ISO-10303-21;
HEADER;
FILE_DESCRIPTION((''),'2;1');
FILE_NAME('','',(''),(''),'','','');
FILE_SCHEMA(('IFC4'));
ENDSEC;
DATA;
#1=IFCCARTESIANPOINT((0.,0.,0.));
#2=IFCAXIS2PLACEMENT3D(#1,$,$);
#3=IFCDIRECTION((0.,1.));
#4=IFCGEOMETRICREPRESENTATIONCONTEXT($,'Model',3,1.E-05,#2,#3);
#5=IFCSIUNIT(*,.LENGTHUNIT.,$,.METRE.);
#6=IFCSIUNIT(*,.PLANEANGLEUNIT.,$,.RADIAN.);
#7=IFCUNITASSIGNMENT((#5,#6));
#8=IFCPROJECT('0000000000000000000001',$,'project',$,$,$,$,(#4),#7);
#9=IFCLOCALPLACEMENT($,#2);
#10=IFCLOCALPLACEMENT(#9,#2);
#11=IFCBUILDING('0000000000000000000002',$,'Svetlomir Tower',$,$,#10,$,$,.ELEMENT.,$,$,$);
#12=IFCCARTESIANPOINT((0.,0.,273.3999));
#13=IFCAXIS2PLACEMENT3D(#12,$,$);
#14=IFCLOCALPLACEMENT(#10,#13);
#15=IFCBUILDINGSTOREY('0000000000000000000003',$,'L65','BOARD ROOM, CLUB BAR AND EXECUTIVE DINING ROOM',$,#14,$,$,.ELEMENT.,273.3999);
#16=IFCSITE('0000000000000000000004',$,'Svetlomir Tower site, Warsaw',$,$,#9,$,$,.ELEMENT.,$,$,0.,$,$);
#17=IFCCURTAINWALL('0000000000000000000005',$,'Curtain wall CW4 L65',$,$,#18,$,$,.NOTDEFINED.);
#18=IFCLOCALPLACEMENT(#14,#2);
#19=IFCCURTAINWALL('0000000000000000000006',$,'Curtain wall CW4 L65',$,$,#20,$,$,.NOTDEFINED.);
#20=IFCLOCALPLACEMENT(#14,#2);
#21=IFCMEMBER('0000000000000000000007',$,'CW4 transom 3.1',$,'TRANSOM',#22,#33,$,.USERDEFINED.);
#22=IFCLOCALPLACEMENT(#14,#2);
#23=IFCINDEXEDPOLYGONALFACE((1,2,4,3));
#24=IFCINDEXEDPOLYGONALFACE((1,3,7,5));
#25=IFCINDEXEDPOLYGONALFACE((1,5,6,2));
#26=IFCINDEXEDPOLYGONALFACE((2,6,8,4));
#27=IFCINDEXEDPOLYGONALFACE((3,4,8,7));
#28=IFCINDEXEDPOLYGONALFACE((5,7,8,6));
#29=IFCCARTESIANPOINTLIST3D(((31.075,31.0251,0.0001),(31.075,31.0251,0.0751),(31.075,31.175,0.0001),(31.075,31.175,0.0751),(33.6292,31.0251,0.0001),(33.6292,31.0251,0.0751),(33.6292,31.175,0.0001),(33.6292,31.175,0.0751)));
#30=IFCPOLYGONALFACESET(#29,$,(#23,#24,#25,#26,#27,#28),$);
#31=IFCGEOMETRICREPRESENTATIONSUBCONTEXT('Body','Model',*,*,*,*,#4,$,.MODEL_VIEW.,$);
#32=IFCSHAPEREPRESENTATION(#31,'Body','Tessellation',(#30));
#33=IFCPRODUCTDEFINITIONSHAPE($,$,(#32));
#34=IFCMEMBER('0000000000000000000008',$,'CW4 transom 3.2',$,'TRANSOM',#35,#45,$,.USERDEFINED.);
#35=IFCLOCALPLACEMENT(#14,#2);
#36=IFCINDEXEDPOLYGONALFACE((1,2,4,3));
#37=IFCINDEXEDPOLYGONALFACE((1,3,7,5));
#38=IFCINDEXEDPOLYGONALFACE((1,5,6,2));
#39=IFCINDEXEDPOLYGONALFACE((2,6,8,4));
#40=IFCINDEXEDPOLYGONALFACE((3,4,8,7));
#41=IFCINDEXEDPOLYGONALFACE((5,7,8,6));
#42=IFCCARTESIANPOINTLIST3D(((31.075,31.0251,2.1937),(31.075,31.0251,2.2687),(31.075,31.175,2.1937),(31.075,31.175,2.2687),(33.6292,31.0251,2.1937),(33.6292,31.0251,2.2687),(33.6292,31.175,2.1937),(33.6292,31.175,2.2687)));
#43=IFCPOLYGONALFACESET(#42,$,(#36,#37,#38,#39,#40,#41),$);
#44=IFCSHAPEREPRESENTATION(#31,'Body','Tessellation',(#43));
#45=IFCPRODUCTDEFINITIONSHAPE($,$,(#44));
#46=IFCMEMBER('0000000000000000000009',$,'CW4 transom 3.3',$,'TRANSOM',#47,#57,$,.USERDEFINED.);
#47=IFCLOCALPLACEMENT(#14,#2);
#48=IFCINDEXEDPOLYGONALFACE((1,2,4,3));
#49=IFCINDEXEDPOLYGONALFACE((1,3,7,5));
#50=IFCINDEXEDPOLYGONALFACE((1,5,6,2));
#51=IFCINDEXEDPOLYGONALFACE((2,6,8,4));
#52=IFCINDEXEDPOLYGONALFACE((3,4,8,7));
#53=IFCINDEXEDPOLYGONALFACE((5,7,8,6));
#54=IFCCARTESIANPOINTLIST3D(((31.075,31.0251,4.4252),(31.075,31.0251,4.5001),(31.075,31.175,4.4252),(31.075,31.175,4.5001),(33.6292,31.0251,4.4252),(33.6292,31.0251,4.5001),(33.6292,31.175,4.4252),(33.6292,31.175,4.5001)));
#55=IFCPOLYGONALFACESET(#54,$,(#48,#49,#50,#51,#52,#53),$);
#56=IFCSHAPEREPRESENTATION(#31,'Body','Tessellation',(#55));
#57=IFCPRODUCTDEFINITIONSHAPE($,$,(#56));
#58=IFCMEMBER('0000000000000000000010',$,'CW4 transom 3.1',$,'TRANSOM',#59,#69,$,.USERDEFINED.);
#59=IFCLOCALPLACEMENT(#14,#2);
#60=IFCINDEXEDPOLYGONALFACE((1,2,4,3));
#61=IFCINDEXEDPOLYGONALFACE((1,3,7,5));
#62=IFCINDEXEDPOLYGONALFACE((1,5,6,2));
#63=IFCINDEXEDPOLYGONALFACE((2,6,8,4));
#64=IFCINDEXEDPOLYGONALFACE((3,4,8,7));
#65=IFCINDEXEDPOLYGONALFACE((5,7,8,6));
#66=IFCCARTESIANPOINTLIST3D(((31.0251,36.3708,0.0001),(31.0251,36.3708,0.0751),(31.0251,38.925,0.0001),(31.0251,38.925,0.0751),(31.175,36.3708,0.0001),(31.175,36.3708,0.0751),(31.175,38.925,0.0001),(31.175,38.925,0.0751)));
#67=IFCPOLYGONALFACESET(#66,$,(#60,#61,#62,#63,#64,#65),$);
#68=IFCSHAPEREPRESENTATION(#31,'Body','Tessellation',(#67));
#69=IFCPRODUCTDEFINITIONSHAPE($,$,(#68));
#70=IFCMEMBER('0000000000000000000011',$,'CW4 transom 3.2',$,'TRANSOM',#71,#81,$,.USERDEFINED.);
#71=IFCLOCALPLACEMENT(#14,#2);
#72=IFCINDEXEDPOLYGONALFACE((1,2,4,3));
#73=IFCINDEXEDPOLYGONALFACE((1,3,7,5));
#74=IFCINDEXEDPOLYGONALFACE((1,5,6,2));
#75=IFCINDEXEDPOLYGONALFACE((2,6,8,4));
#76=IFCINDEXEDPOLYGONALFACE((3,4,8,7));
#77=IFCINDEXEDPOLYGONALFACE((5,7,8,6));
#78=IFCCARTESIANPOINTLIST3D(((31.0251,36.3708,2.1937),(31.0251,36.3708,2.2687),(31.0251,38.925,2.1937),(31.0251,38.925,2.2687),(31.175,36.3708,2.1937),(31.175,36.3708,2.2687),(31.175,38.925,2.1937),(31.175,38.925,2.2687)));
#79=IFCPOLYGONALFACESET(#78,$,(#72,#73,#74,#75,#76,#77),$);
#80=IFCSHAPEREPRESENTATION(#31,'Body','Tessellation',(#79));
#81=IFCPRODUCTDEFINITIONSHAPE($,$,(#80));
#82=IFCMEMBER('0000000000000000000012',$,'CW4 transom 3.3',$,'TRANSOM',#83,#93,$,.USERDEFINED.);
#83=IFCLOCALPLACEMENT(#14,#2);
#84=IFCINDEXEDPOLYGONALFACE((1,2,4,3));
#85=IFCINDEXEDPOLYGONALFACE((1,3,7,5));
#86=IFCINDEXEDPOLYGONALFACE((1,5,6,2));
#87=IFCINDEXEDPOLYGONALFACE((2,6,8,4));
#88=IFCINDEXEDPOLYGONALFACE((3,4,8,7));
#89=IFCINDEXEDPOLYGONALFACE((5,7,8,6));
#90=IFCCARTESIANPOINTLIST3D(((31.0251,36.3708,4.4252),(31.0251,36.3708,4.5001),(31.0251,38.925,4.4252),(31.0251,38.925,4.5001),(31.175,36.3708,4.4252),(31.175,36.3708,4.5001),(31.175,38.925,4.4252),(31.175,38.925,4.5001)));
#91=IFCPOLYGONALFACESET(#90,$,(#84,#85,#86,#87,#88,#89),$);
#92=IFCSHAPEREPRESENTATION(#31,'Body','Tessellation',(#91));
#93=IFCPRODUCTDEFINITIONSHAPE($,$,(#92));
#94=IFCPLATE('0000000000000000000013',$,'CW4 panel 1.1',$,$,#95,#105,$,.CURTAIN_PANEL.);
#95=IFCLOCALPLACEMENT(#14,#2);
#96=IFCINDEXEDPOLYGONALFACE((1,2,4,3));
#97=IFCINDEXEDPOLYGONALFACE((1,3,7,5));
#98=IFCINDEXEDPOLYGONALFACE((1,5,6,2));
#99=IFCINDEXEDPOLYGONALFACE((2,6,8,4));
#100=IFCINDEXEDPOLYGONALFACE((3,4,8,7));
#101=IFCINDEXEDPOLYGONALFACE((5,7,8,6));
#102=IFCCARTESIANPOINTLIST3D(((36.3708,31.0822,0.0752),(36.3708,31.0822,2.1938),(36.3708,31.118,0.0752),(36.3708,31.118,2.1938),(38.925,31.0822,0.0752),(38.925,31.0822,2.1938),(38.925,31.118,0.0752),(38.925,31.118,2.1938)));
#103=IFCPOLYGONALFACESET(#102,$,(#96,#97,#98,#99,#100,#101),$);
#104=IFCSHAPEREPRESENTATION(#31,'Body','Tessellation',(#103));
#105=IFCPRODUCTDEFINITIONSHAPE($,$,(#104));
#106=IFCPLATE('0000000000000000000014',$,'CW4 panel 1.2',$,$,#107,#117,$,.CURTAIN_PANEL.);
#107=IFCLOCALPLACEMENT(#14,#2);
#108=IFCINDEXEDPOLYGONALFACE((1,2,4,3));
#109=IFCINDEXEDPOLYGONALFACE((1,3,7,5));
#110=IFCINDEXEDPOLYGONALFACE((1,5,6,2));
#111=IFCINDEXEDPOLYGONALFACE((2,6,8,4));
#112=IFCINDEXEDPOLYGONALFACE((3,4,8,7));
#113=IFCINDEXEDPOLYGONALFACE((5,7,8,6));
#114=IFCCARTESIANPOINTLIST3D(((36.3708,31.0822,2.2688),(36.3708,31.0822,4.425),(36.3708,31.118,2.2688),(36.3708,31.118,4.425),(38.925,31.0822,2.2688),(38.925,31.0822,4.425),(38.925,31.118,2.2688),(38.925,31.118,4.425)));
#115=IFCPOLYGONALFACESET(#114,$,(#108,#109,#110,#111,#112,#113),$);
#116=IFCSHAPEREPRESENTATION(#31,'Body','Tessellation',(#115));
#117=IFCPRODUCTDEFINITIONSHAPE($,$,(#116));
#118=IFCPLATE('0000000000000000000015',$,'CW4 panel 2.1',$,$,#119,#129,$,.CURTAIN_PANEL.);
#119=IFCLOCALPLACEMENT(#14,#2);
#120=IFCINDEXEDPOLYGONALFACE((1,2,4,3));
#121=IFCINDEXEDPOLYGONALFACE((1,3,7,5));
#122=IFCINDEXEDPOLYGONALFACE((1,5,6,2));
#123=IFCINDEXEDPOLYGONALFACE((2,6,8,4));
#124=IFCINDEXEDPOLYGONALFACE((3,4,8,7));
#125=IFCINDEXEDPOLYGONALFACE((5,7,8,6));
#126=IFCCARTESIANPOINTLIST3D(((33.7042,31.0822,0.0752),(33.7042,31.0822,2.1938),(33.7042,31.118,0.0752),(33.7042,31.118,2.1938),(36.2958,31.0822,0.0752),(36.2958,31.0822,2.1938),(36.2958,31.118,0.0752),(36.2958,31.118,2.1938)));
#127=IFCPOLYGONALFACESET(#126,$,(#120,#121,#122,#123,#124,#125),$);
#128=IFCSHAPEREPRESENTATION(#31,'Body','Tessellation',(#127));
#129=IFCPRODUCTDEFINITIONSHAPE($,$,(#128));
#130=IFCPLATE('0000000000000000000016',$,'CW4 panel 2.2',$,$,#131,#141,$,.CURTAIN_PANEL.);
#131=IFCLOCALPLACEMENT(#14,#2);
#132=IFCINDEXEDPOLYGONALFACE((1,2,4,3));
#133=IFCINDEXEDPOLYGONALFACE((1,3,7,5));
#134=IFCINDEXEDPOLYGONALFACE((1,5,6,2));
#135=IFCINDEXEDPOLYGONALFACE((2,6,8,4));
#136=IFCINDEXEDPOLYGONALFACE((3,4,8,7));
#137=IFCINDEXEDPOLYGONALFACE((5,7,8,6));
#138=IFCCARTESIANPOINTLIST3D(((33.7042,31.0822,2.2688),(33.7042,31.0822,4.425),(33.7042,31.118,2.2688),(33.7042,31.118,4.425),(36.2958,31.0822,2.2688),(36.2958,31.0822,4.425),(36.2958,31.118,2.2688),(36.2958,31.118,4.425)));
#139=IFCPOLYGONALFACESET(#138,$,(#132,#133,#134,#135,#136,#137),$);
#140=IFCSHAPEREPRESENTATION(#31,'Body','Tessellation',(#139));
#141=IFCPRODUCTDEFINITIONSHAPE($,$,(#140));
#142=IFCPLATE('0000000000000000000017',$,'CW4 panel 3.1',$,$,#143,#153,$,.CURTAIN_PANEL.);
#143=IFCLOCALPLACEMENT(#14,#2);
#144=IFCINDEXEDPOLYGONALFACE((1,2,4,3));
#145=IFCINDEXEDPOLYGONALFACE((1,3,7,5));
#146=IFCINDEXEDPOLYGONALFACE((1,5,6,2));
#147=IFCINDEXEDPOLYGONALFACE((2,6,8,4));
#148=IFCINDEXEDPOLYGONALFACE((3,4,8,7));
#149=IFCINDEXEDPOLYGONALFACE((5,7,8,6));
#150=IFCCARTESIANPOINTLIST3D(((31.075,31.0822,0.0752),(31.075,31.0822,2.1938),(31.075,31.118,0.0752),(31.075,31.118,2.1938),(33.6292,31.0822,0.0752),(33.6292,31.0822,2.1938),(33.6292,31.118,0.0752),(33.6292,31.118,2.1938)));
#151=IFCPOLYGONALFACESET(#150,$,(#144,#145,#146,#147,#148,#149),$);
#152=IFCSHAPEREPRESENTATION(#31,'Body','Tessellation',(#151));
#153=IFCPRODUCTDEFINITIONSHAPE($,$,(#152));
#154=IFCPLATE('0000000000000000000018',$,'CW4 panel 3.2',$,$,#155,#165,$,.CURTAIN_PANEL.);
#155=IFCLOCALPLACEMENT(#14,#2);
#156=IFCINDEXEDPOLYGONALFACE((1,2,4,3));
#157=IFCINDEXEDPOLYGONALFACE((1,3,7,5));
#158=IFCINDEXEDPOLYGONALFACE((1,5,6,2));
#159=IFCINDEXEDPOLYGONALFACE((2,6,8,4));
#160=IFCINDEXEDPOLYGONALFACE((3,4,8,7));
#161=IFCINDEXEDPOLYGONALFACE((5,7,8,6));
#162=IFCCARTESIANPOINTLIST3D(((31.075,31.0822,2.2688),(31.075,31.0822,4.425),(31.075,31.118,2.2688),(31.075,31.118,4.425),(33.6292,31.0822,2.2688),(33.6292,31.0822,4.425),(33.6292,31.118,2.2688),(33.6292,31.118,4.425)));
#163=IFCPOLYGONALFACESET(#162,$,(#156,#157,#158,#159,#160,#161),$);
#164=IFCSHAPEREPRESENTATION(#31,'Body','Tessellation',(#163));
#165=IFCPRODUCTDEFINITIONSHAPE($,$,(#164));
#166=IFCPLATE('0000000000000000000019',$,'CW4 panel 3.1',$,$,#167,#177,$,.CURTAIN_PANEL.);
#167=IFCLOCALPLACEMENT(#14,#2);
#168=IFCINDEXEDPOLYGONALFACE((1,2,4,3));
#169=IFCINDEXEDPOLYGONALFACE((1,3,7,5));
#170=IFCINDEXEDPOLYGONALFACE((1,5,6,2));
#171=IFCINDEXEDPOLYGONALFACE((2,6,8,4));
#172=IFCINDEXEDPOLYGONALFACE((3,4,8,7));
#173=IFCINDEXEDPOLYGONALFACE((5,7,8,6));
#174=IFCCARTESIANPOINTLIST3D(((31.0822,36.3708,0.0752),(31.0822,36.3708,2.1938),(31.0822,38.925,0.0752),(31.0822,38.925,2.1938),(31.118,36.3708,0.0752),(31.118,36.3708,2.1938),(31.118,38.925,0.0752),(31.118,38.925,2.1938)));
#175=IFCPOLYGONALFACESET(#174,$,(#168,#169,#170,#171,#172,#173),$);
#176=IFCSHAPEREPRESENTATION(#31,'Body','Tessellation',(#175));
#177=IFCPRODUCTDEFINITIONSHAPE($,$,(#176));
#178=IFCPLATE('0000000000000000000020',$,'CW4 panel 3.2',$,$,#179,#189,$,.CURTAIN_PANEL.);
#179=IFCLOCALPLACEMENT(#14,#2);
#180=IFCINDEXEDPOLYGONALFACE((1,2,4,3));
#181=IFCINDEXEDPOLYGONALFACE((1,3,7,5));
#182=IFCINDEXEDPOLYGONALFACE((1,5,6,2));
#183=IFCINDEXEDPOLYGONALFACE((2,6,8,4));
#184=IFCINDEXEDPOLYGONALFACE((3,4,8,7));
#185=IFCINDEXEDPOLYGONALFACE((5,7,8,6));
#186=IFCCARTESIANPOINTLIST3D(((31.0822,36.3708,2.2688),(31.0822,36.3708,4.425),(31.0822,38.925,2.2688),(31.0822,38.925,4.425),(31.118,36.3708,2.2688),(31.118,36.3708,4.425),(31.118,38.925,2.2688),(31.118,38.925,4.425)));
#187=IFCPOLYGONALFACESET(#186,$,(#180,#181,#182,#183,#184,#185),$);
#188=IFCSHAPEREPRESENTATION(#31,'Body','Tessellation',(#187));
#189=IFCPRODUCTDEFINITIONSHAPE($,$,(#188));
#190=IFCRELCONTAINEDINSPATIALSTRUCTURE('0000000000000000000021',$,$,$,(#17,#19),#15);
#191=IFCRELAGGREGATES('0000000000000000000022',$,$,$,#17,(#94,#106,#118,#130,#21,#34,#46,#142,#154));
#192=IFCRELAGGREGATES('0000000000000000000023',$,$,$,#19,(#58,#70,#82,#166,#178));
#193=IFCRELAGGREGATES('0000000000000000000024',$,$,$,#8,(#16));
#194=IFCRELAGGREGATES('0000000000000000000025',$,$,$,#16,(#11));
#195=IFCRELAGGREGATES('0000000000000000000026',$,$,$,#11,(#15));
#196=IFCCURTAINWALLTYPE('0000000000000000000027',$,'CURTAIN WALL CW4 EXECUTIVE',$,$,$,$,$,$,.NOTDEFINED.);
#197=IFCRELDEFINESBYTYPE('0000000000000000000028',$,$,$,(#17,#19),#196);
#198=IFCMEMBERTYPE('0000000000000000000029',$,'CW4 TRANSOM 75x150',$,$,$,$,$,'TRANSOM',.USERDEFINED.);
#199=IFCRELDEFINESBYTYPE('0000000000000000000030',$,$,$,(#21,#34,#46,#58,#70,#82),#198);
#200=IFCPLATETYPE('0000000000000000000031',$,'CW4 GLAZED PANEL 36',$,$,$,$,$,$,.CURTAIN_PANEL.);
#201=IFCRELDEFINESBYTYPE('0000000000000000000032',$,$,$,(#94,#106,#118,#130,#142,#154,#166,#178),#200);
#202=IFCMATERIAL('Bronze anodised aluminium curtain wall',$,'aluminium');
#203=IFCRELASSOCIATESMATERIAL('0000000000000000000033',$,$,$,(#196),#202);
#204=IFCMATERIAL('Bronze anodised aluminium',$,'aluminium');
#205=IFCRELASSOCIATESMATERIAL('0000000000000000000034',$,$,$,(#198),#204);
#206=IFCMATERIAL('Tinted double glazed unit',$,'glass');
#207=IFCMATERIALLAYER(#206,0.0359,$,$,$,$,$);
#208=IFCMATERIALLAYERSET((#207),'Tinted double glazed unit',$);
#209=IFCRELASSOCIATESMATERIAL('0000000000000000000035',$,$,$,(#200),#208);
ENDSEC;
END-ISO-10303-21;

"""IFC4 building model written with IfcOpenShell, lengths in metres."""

from ifc_helpers import new_model, si_unit, direction, frame, origin, origin_2d, place, context, subcontext, project, spatial, rectangle, extrude, material, layer, layer_set, material_profile, profile_set, type_object, element, aggregate, save


model = new_model("IFC4")

# Units and contexts
model_context = context("Model", 3, precision=1e-05, world=origin(), true_north=direction((0.0, 1.0)))
body_context = subcontext(model_context, "Body", "Model", "MODEL_VIEW")
ifc_project = project(units=[si_unit("LENGTHUNIT", "METRE"), si_unit("PLANEANGLEUNIT", "RADIAN")], contexts=[model_context])

# Site, building, storey
site_placement = place(None, origin())
site = spatial("IfcSite", under=ifc_project, at=site_placement, Name="Svetlomir Tower site, Warsaw", CompositionType="ELEMENT", RefElevation=0.0)
building_placement = place(site_placement, origin())
building = spatial("IfcBuilding", under=site, at=building_placement, Name="Svetlomir Tower", CompositionType="ELEMENT")
storey_placement = place(building_placement, frame((0.0, 0.0, 273.3999)))
storey = spatial("IfcBuildingStorey", under=building, at=storey_placement, Name="L65", Description="BOARD ROOM, CLUB BAR AND EXECUTIVE DINING ROOM", CompositionType="ELEMENT", Elevation=273.3999)

# Curtain walls
ifc_material_1 = material(Name="Bronze anodised aluminium curtain wall", Category="aluminium")
curtain_wall_type = type_object("IfcCurtainWallType", Name="CURTAIN WALL CW4 EXECUTIVE", PredefinedType="NOTDEFINED", material=ifc_material_1)
curtain_wall_1_placement = place(storey_placement, origin())
curtain_wall_1 = element("IfcCurtainWall", 1, at=curtain_wall_1_placement, inside=storey, type_object=curtain_wall_type, Name="Curtain wall CW4 L65", PredefinedType="NOTDEFINED")
curtain_wall_2_placement = place(storey_placement, origin())
curtain_wall_2 = element("IfcCurtainWall", 2, at=curtain_wall_2_placement, inside=storey, type_object=curtain_wall_type, Name="Curtain wall CW4 L65", PredefinedType="NOTDEFINED")

# Members
ifc_material_2 = material(Name="Bronze anodised aluminium", Category="aluminium")
ifc_material_profile_1 = material_profile(ifc_material_2, rectangle(XDim=0.1499, YDim=0.075, at=origin_2d()), Name="AL 150x75")
ifc_profile_set_1 = profile_set([ifc_material_profile_1], Name="Bronze anodised aluminium 6063-T6")
member_type_1 = type_object("IfcMemberType", Name="CW4 TRANSOM 75x150", ElementType="TRANSOM", PredefinedType="USERDEFINED", material=ifc_profile_set_1)
member_1_placement = place(storey_placement, frame((33.6292, 31.1001, 0.0376), z_axis=(-1.0, 0.0, 0.0), x_axis=(0.0, -1.0, 0.0)))
member_1 = element("IfcMember", 3, at=member_1_placement, type_object=member_type_1, Name="CW4 transom 3.1", ObjectType="TRANSOM", PredefinedType="USERDEFINED", context=body_context, shape_type="SweptSolid", body=[
    extrude(rectangle(XDim=0.1499, YDim=0.075, at=origin_2d()), origin(), (0.0, 0.0, 1.0), 2.5542),
])
member_2_placement = place(storey_placement, frame((33.6292, 31.1001, 2.2312), z_axis=(-1.0, 0.0, 0.0), x_axis=(0.0, -1.0, 0.0)))
member_2 = element("IfcMember", 4, at=member_2_placement, type_object=member_type_1, Name="CW4 transom 3.2", ObjectType="TRANSOM", PredefinedType="USERDEFINED", context=body_context, shape_type="SweptSolid", body=[
    extrude(rectangle(XDim=0.1499, YDim=0.075, at=origin_2d()), origin(), (0.0, 0.0, 1.0), 2.5542),
])
member_3_placement = place(storey_placement, frame((33.6292, 31.1001, 4.4626), z_axis=(-1.0, 0.0, 0.0), x_axis=(0.0, -1.0, 0.0)))
member_3 = element("IfcMember", 5, at=member_3_placement, type_object=member_type_1, Name="CW4 transom 3.3", ObjectType="TRANSOM", PredefinedType="USERDEFINED", context=body_context, shape_type="SweptSolid", body=[
    extrude(rectangle(XDim=0.1499, YDim=0.075, at=origin_2d()), origin(), (0.0, 0.0, 1.0), 2.5542),
])
member_4_placement = place(storey_placement, frame((31.1001, 36.3708, 0.0376), z_axis=(0.0, 1.0, 0.0), x_axis=(-1.0, 0.0, 0.0)))
member_4 = element("IfcMember", 6, at=member_4_placement, type_object=member_type_1, Name="CW4 transom 3.1", ObjectType="TRANSOM", PredefinedType="USERDEFINED", context=body_context, shape_type="SweptSolid", body=[
    extrude(rectangle(XDim=0.1499, YDim=0.075, at=origin_2d()), origin(), (0.0, 0.0, 1.0), 2.5542),
])
member_5_placement = place(storey_placement, frame((31.1001, 36.3708, 2.2312), z_axis=(0.0, 1.0, 0.0), x_axis=(-1.0, 0.0, 0.0)))
member_5 = element("IfcMember", 7, at=member_5_placement, type_object=member_type_1, Name="CW4 transom 3.2", ObjectType="TRANSOM", PredefinedType="USERDEFINED", context=body_context, shape_type="SweptSolid", body=[
    extrude(rectangle(XDim=0.1499, YDim=0.075, at=origin_2d()), origin(), (0.0, 0.0, 1.0), 2.5542),
])
member_6_placement = place(storey_placement, frame((31.1001, 36.3708, 4.4626), z_axis=(0.0, 1.0, 0.0), x_axis=(-1.0, 0.0, 0.0)))
member_6 = element("IfcMember", 8, at=member_6_placement, type_object=member_type_1, Name="CW4 transom 3.3", ObjectType="TRANSOM", PredefinedType="USERDEFINED", context=body_context, shape_type="SweptSolid", body=[
    extrude(rectangle(XDim=0.1499, YDim=0.075, at=origin_2d()), origin(), (0.0, 0.0, 1.0), 2.5542),
])

# Plates
ifc_material_3 = material(Name="Tinted double glazed unit", Category="glass")
ifc_layer_1 = layer(ifc_material_3, 0.0359)
ifc_layer_set_1 = layer_set([ifc_layer_1], Name="Tinted double glazed unit")
plate_type = type_object("IfcPlateType", Name="CW4 GLAZED PANEL 36", PredefinedType="CURTAIN_PANEL", material=ifc_layer_set_1)
plate_1_placement = place(storey_placement, frame((37.6479, 31.1001, 0.0752), z_axis=(0.0, 0.0, 1.0), x_axis=(-1.0, 0.0, 0.0)))
plate_1 = element("IfcPlate", 9, at=plate_1_placement, type_object=plate_type, Name="CW4 panel 1.1", PredefinedType="CURTAIN_PANEL", context=body_context, shape_type="SweptSolid", body=[
    extrude(rectangle(XDim=2.5542, YDim=0.0359, at=origin_2d()), origin(), (0.0, 0.0, 1.0), 2.1187),
])
plate_2_placement = place(storey_placement, frame((37.6479, 31.1001, 2.2688), z_axis=(0.0, 0.0, 1.0), x_axis=(-1.0, 0.0, 0.0)))
plate_2 = element("IfcPlate", 10, at=plate_2_placement, type_object=plate_type, Name="CW4 panel 1.2", PredefinedType="CURTAIN_PANEL", context=body_context, shape_type="SweptSolid", body=[
    extrude(rectangle(XDim=2.5542, YDim=0.0359, at=origin_2d()), origin(), (0.0, 0.0, 1.0), 2.1562),
])
plate_3_placement = place(storey_placement, frame((35.0, 31.1001, 0.0752), z_axis=(0.0, 0.0, 1.0), x_axis=(-1.0, 0.0, 0.0)))
plate_3 = element("IfcPlate", 11, at=plate_3_placement, type_object=plate_type, Name="CW4 panel 2.1", PredefinedType="CURTAIN_PANEL", context=body_context, shape_type="SweptSolid", body=[
    extrude(rectangle(XDim=2.5916, YDim=0.0359, at=origin_2d()), origin(), (0.0, 0.0, 1.0), 2.1187),
])
plate_4_placement = place(storey_placement, frame((35.0, 31.1001, 2.2688), z_axis=(0.0, 0.0, 1.0), x_axis=(-1.0, 0.0, 0.0)))
plate_4 = element("IfcPlate", 12, at=plate_4_placement, type_object=plate_type, Name="CW4 panel 2.2", PredefinedType="CURTAIN_PANEL", context=body_context, shape_type="SweptSolid", body=[
    extrude(rectangle(XDim=2.5916, YDim=0.0359, at=origin_2d()), origin(), (0.0, 0.0, 1.0), 2.1562),
])
plate_5_placement = place(storey_placement, frame((32.3521, 31.1001, 0.0752), z_axis=(0.0, 0.0, 1.0), x_axis=(-1.0, 0.0, 0.0)))
plate_5 = element("IfcPlate", 13, at=plate_5_placement, type_object=plate_type, Name="CW4 panel 3.1", PredefinedType="CURTAIN_PANEL", context=body_context, shape_type="SweptSolid", body=[
    extrude(rectangle(XDim=2.5542, YDim=0.0359, at=origin_2d()), origin(), (0.0, 0.0, 1.0), 2.1187),
])
plate_6_placement = place(storey_placement, frame((32.3521, 31.1001, 2.2688), z_axis=(0.0, 0.0, 1.0), x_axis=(-1.0, 0.0, 0.0)))
plate_6 = element("IfcPlate", 14, at=plate_6_placement, type_object=plate_type, Name="CW4 panel 3.2", PredefinedType="CURTAIN_PANEL", context=body_context, shape_type="SweptSolid", body=[
    extrude(rectangle(XDim=2.5542, YDim=0.0359, at=origin_2d()), origin(), (0.0, 0.0, 1.0), 2.1562),
])
aggregate(curtain_wall_1, [plate_1, plate_2, plate_3, plate_4, member_1, member_2, member_3, plate_5, plate_6])
plate_7_placement = place(storey_placement, frame((31.1001, 37.6479, 0.0752), z_axis=(0.0, 0.0, 1.0), x_axis=(0.0, 1.0, 0.0)))
plate_7 = element("IfcPlate", 15, at=plate_7_placement, type_object=plate_type, Name="CW4 panel 3.1", PredefinedType="CURTAIN_PANEL", context=body_context, shape_type="SweptSolid", body=[
    extrude(rectangle(XDim=2.5542, YDim=0.0359, at=origin_2d()), origin(), (0.0, 0.0, 1.0), 2.1187),
])
plate_8_placement = place(storey_placement, frame((31.1001, 37.6479, 2.2688), z_axis=(0.0, 0.0, 1.0), x_axis=(0.0, 1.0, 0.0)))
plate_8 = element("IfcPlate", 16, at=plate_8_placement, type_object=plate_type, Name="CW4 panel 3.2", PredefinedType="CURTAIN_PANEL", context=body_context, shape_type="SweptSolid", body=[
    extrude(rectangle(XDim=2.5542, YDim=0.0359, at=origin_2d()), origin(), (0.0, 0.0, 1.0), 2.1562),
])
aggregate(curtain_wall_2, [member_4, member_5, member_6, plate_7, plate_8])

save(model, "model.ifc")
